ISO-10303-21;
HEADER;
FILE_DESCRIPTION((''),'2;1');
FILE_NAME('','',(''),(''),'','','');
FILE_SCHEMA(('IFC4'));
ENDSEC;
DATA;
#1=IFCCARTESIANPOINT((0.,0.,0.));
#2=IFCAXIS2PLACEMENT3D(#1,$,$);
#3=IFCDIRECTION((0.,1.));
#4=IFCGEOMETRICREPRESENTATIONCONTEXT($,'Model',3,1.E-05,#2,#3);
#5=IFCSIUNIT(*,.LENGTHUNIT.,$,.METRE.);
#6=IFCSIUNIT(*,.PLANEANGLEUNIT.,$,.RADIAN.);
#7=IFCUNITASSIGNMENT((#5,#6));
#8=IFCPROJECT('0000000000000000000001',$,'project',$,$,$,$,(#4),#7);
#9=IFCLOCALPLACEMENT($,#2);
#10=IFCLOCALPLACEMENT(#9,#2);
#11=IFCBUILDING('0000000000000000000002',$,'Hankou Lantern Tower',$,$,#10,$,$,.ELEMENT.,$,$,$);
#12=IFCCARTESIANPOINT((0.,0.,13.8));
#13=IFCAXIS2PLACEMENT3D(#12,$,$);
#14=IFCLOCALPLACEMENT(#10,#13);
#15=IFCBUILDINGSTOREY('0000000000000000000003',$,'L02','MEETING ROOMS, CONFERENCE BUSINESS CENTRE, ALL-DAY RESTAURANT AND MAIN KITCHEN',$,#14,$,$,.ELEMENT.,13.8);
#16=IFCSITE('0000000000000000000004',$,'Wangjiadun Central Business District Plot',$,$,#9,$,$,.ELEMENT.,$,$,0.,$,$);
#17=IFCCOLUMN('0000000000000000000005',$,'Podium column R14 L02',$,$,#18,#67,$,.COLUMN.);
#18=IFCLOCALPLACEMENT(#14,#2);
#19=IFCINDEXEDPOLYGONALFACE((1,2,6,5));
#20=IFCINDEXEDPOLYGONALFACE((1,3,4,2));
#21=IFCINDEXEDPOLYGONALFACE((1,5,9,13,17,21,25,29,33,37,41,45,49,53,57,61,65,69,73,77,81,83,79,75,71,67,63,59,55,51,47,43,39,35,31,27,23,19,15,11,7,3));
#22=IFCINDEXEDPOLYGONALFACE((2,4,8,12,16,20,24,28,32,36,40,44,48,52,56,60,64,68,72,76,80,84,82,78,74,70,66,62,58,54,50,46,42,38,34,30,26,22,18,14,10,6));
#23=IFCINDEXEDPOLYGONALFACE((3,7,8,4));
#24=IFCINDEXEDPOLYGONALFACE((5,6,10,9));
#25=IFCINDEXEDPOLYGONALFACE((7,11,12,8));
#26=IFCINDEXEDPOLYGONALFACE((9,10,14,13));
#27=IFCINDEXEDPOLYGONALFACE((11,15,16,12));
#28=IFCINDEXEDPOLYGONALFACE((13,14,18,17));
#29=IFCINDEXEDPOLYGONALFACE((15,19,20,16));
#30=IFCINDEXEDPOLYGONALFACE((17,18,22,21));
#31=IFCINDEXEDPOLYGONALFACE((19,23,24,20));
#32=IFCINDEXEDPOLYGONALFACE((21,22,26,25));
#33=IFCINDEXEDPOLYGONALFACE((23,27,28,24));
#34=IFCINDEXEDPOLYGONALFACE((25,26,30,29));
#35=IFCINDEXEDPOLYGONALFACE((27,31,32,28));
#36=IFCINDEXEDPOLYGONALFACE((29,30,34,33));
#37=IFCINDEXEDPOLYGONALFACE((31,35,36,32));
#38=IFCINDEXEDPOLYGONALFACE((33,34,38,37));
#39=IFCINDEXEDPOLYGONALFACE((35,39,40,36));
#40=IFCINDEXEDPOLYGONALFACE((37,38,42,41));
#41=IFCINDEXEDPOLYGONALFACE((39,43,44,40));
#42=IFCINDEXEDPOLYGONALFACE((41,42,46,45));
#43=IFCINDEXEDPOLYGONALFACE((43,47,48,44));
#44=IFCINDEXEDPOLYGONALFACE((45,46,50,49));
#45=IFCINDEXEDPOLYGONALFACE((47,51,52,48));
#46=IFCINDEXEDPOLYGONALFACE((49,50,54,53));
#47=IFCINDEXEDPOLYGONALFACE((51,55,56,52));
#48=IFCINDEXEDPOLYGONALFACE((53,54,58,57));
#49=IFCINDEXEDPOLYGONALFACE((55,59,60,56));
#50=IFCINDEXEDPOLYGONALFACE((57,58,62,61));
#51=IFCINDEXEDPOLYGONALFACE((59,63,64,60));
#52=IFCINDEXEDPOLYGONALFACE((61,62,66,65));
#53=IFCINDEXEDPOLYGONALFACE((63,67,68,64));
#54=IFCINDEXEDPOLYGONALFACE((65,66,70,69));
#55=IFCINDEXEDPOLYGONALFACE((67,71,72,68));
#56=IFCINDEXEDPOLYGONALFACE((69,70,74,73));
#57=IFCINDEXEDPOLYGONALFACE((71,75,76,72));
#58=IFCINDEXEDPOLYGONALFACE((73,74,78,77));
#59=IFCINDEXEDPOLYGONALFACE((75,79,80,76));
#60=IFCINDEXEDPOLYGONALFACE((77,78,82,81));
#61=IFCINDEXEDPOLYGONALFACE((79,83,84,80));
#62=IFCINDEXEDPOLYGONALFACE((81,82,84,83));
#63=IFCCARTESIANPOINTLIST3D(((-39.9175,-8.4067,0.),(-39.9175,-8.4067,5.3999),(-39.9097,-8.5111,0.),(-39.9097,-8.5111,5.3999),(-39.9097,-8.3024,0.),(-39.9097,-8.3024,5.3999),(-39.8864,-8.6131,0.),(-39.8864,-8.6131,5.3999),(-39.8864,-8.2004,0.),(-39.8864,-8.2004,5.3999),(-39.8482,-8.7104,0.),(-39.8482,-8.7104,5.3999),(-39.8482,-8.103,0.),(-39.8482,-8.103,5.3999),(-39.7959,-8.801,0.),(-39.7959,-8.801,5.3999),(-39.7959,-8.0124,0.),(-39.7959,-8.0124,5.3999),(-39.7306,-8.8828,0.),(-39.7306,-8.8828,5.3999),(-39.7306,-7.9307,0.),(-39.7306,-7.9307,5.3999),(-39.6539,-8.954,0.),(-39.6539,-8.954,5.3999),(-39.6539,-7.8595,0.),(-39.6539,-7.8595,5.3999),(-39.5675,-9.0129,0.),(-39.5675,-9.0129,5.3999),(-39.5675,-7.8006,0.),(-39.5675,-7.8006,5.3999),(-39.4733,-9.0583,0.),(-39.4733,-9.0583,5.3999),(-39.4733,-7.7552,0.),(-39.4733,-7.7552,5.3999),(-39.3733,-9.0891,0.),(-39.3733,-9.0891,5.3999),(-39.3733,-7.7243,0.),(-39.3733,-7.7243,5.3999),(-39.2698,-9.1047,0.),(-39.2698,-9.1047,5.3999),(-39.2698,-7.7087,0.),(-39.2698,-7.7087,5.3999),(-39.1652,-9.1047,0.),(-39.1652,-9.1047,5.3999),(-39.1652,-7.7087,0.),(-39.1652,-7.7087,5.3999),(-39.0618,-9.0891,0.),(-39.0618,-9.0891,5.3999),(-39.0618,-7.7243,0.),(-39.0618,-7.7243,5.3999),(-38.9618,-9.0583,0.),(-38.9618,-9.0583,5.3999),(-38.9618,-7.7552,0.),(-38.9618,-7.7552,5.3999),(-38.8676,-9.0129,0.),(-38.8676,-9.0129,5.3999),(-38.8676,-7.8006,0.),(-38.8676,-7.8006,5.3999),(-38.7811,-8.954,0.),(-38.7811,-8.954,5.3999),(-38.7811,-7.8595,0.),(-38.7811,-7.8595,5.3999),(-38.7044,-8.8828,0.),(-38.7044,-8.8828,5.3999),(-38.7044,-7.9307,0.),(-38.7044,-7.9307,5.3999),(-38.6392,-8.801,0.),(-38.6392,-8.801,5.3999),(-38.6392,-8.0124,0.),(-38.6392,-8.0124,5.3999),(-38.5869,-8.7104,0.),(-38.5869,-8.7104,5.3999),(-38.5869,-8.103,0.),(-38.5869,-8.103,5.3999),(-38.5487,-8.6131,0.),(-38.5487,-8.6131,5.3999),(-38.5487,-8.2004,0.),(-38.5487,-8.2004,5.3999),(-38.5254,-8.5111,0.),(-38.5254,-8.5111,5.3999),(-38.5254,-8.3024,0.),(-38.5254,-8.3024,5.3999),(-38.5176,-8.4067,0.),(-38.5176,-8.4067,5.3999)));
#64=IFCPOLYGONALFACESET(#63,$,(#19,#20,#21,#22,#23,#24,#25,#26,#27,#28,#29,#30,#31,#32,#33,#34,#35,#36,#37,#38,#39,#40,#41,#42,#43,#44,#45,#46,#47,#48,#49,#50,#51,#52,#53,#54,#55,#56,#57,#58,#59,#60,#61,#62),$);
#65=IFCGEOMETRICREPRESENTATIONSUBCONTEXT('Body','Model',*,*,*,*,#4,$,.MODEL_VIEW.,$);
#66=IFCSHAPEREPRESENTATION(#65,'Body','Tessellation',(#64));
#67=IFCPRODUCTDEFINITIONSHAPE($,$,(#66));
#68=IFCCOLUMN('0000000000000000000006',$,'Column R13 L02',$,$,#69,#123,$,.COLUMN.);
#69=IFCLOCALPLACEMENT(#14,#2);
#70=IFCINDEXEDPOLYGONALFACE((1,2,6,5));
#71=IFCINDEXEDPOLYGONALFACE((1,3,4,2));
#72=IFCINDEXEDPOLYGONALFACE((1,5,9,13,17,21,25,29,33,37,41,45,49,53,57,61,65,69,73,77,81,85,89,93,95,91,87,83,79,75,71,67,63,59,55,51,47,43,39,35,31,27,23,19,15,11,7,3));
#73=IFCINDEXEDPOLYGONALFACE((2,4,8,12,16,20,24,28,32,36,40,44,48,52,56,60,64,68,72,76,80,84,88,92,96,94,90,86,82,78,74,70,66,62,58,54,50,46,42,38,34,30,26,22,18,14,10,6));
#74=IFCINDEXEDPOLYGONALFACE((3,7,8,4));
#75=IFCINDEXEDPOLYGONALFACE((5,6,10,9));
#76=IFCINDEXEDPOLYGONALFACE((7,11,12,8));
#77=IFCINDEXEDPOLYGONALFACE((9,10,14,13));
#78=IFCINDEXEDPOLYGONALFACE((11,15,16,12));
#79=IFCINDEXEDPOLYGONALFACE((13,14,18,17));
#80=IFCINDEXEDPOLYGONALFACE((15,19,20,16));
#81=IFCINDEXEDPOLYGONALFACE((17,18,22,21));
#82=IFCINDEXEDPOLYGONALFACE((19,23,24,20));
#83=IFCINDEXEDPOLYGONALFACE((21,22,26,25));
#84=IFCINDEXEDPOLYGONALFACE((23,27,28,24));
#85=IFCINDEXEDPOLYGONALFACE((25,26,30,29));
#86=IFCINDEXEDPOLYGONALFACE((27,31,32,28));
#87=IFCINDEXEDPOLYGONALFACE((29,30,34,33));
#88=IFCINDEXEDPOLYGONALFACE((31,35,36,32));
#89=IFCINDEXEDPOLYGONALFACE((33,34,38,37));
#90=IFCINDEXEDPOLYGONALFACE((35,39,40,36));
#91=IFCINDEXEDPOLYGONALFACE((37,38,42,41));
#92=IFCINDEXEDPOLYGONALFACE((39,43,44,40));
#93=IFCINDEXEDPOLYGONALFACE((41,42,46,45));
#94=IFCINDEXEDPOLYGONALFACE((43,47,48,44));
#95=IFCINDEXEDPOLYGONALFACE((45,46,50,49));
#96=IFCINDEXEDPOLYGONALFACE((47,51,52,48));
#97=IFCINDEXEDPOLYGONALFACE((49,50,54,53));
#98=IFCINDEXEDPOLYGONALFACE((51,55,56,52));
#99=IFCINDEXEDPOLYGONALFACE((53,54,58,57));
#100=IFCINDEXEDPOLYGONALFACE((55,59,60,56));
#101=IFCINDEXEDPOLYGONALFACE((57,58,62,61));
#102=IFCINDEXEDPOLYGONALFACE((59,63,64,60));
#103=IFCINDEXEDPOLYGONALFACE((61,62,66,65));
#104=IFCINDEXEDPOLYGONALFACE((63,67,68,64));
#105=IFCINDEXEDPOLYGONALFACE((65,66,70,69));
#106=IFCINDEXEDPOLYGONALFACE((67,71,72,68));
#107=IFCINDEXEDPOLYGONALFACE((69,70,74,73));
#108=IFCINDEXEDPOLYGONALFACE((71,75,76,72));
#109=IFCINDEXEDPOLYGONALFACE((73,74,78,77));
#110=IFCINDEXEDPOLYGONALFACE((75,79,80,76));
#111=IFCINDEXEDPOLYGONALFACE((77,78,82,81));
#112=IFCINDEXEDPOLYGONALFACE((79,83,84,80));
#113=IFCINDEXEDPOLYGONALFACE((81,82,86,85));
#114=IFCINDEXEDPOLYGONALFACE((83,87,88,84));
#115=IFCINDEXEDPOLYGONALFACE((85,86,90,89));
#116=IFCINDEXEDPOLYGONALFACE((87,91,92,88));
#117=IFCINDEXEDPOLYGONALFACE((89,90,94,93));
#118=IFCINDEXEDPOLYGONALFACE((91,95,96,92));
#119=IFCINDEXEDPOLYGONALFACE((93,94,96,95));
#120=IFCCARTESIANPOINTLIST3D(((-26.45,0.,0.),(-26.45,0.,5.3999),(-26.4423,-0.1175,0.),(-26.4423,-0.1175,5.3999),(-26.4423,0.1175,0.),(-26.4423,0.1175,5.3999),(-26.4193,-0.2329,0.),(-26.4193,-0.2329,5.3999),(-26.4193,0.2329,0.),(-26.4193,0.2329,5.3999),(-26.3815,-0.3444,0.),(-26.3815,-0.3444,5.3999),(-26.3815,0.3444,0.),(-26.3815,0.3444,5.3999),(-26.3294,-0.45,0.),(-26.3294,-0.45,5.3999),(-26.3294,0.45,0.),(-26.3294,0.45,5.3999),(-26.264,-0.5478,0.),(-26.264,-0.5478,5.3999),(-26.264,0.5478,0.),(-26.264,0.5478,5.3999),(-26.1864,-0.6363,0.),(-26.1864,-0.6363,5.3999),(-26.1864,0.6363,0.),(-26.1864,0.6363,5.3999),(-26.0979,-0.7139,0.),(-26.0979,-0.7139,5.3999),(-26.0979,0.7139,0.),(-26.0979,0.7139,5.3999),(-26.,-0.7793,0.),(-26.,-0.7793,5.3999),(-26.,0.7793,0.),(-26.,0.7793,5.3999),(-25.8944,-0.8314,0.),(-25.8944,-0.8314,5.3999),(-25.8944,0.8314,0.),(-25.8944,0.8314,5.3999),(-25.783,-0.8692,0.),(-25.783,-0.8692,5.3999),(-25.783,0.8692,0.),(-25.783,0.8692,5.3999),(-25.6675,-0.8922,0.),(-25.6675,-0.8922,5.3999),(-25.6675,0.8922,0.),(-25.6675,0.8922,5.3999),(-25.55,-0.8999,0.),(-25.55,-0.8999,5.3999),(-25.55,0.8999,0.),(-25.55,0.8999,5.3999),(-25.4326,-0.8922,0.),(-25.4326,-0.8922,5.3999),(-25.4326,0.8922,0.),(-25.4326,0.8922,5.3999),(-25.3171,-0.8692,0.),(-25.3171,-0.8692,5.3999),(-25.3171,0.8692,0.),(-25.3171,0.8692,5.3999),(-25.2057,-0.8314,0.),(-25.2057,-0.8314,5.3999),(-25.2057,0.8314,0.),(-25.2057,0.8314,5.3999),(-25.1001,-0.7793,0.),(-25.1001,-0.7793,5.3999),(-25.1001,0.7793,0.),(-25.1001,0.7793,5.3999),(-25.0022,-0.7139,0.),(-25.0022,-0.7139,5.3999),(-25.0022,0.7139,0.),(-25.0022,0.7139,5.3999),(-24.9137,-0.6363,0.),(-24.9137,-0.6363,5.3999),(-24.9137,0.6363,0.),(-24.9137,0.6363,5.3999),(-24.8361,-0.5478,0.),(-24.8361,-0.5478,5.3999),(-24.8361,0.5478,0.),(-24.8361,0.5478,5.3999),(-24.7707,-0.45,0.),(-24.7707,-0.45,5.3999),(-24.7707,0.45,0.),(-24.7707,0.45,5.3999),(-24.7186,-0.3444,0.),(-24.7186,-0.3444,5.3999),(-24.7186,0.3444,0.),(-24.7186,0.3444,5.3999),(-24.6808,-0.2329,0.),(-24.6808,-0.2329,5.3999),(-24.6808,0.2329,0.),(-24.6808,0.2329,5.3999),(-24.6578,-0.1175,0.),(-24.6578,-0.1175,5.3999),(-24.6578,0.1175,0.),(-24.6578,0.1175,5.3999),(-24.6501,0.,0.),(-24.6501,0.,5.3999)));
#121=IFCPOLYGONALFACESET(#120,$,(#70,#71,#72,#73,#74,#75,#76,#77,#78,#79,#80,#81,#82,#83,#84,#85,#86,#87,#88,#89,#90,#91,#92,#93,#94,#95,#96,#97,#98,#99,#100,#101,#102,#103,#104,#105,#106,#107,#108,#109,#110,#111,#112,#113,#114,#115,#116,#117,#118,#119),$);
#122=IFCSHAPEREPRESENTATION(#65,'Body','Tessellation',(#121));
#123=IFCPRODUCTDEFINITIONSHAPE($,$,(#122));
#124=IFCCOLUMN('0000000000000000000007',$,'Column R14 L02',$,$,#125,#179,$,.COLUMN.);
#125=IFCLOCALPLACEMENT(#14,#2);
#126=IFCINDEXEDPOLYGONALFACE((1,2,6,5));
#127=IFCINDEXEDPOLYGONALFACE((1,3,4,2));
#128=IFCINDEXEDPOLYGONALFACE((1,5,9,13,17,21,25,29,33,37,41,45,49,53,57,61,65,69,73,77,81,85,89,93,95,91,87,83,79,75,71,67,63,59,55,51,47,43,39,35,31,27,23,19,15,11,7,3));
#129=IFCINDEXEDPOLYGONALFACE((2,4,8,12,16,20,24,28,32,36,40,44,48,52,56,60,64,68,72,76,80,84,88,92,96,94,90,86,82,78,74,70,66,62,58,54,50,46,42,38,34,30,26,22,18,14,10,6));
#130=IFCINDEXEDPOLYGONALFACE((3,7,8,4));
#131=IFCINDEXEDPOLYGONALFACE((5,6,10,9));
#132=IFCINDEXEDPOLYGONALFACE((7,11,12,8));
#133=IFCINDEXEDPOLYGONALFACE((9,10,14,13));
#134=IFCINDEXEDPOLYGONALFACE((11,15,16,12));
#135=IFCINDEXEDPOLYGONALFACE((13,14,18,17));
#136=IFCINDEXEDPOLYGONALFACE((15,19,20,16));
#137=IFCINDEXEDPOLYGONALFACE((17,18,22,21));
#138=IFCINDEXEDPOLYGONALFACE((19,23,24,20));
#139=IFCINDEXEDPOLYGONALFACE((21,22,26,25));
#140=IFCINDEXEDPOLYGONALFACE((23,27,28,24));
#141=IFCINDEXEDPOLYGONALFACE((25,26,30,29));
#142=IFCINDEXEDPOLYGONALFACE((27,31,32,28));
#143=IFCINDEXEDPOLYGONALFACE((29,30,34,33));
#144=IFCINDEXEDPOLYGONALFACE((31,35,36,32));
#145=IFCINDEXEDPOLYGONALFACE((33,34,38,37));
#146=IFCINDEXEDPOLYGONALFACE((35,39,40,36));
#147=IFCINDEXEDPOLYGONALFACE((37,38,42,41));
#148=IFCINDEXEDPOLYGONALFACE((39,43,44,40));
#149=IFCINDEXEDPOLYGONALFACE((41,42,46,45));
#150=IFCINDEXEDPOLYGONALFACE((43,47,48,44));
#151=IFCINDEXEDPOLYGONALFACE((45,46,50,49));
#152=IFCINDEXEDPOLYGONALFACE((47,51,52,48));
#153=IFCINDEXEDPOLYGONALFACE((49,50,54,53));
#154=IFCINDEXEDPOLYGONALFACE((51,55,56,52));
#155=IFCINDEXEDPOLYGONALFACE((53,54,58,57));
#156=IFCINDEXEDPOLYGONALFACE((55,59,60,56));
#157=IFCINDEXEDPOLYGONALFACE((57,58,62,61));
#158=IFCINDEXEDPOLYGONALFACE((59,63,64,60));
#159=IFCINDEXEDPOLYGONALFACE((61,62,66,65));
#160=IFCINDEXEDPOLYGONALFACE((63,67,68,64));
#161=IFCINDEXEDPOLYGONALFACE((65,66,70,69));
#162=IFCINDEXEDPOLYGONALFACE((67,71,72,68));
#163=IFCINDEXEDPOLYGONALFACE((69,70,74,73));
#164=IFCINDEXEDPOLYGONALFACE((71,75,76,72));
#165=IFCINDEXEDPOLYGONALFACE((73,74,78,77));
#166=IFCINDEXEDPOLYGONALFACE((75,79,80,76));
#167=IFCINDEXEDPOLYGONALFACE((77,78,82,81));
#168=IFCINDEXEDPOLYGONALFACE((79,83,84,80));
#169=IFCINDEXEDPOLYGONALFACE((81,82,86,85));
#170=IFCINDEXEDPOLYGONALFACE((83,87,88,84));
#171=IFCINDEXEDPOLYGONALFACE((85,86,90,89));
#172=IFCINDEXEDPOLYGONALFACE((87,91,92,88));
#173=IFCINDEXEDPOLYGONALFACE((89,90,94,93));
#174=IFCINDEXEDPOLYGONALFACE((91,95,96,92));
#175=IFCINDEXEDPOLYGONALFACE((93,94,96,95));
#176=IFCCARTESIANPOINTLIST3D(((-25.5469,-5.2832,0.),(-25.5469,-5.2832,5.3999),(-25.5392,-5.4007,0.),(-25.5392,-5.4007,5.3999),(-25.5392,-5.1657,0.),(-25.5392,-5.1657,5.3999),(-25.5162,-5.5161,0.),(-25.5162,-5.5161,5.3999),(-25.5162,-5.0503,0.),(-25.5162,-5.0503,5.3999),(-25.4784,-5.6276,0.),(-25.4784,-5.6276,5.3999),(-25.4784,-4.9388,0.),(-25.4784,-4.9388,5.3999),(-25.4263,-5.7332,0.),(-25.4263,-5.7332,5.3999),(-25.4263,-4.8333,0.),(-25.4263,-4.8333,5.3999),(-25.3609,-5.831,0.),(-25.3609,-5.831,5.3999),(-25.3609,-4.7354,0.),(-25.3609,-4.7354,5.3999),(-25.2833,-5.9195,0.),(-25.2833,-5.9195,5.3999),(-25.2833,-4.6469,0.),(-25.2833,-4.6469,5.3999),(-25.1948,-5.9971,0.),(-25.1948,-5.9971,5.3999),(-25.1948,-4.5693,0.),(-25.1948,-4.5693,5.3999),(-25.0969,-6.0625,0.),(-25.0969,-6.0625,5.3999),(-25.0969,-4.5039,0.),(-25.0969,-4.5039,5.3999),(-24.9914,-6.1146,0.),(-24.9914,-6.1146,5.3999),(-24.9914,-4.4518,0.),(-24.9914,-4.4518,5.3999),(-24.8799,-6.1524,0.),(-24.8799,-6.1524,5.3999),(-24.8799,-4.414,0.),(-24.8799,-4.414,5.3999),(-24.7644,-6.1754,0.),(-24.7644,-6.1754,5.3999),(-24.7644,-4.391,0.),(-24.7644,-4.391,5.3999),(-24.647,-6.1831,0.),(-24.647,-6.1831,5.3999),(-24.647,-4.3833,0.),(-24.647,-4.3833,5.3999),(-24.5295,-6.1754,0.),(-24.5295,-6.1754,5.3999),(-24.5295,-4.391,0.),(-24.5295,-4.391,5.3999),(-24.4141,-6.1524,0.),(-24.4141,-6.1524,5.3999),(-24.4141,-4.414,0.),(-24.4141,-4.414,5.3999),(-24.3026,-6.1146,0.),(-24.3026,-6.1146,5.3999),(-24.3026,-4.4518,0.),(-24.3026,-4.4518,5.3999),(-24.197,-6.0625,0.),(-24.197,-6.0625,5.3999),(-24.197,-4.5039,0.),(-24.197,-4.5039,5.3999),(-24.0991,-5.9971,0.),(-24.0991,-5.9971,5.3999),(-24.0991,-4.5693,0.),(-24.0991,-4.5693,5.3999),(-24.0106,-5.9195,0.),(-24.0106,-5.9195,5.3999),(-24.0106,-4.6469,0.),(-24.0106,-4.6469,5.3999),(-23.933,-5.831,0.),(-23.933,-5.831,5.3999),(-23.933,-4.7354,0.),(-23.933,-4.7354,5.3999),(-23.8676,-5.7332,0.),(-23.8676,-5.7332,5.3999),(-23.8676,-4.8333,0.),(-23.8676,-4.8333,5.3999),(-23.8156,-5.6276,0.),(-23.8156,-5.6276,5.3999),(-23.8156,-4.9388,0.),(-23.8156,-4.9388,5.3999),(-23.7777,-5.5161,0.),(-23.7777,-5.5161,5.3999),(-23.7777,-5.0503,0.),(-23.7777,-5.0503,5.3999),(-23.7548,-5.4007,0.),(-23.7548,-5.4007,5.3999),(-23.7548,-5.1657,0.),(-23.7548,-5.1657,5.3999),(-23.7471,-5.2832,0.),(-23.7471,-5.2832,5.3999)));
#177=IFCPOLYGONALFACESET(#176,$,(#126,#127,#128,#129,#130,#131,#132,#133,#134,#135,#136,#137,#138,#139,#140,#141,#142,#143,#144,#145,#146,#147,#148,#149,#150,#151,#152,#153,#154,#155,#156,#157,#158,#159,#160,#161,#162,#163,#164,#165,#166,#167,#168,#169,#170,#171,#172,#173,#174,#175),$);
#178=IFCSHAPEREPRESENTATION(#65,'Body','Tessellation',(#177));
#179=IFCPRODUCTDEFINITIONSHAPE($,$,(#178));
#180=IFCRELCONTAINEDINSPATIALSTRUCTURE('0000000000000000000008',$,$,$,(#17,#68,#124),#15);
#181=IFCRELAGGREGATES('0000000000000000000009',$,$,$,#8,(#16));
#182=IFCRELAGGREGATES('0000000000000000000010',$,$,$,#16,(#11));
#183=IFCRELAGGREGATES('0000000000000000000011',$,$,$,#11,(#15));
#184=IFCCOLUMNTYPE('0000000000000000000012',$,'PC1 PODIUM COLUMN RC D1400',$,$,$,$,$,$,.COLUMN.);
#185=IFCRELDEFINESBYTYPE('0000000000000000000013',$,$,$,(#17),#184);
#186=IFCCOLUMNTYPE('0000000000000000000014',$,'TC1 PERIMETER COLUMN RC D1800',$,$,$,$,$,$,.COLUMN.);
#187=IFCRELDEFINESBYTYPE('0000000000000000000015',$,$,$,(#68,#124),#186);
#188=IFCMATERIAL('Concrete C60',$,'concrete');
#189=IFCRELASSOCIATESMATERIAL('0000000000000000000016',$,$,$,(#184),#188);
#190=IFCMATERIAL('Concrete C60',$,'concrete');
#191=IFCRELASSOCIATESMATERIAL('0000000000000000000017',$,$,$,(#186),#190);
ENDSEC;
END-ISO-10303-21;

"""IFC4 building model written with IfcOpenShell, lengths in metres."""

from ifc_helpers import new_model, si_unit, direction, frame, origin, origin_2d, place, context, subcontext, project, spatial, circle, extrude, material, material_profile, profile_set, type_object, element, save


model = new_model("IFC4")

# Units and contexts
model_context = context("Model", 3, precision=1e-05, world=origin(), true_north=direction((0.0, 1.0)))
body_context = subcontext(model_context, "Body", "Model", "MODEL_VIEW")
ifc_project = project(units=[si_unit("LENGTHUNIT", "METRE"), si_unit("PLANEANGLEUNIT", "RADIAN")], contexts=[model_context])

# Site, building, storey
site_placement = place(None, origin())
site = spatial("IfcSite", under=ifc_project, at=site_placement, Name="Wangjiadun Central Business District Plot", CompositionType="ELEMENT", RefElevation=0.0)
building_placement = place(site_placement, origin())
building = spatial("IfcBuilding", under=site, at=building_placement, Name="Hankou Lantern Tower", CompositionType="ELEMENT")
storey_placement = place(building_placement, frame((0.0, 0.0, 13.8)))
storey = spatial("IfcBuildingStorey", under=building, at=storey_placement, Name="L02", Description="MEETING ROOMS, CONFERENCE BUSINESS CENTRE, ALL-DAY RESTAURANT AND MAIN KITCHEN", CompositionType="ELEMENT", Elevation=13.8)

# Columns
ifc_material_1 = material(Name="Concrete C60", Category="concrete")
ifc_material_profile_1 = material_profile(ifc_material_1, circle(Radius=0.7, at=origin_2d()), Name="RC D1400")
ifc_profile_set_1 = profile_set([ifc_material_profile_1], Name="Concrete C60")
column_type_1 = type_object("IfcColumnType", Name="PC1 PODIUM COLUMN RC D1400", PredefinedType="COLUMN", material=ifc_profile_set_1)
column_placement = place(storey_placement, frame((-39.2175, -8.4067, 0.0), z_axis=(0.0, 0.0, 1.0), x_axis=(1.0, 0.0, 0.0)))
element("IfcColumn", 1, at=column_placement, inside=storey, type_object=column_type_1, Name="Podium column R14 L02", PredefinedType="COLUMN", context=body_context, shape_type="SweptSolid", body=[
    extrude(circle(Radius=0.7, at=origin_2d()), origin(), (0.0, 0.0, 1.0), 5.3999),
])
ifc_material_2 = material(Name="Concrete C60", Category="concrete")
ifc_material_profile_2 = material_profile(ifc_material_2, circle(Radius=0.8999, at=origin_2d()), Name="RC D1800")
ifc_profile_set_2 = profile_set([ifc_material_profile_2], Name="Concrete C60")
column_type_2 = type_object("IfcColumnType", Name="TC1 PERIMETER COLUMN RC D1800", PredefinedType="COLUMN", material=ifc_profile_set_2)
for number, where, z_axis, x_axis, name in (
    (2, (-25.55, 0.0, 0.0), (0.0, 0.0, 1.0), (1.0, 0.0, 0.0), "Column R13 L02"),
    (3, (-24.647, -5.2832, 0.0), (0.0, 0.0, 1.0), (1.0, 0.0, 0.0), "Column R14 L02"),
):
    element("IfcColumn", number, at=place(storey_placement, frame(where, z_axis=z_axis, x_axis=x_axis)), inside=storey, type_object=column_type_2, Name=name, PredefinedType="COLUMN", context=body_context, shape_type="SweptSolid", body=[
        extrude(circle(Radius=0.8999, at=origin_2d()), origin(), (0.0, 0.0, 1.0), 5.3999),
    ])

save(model, "model.ifc")
